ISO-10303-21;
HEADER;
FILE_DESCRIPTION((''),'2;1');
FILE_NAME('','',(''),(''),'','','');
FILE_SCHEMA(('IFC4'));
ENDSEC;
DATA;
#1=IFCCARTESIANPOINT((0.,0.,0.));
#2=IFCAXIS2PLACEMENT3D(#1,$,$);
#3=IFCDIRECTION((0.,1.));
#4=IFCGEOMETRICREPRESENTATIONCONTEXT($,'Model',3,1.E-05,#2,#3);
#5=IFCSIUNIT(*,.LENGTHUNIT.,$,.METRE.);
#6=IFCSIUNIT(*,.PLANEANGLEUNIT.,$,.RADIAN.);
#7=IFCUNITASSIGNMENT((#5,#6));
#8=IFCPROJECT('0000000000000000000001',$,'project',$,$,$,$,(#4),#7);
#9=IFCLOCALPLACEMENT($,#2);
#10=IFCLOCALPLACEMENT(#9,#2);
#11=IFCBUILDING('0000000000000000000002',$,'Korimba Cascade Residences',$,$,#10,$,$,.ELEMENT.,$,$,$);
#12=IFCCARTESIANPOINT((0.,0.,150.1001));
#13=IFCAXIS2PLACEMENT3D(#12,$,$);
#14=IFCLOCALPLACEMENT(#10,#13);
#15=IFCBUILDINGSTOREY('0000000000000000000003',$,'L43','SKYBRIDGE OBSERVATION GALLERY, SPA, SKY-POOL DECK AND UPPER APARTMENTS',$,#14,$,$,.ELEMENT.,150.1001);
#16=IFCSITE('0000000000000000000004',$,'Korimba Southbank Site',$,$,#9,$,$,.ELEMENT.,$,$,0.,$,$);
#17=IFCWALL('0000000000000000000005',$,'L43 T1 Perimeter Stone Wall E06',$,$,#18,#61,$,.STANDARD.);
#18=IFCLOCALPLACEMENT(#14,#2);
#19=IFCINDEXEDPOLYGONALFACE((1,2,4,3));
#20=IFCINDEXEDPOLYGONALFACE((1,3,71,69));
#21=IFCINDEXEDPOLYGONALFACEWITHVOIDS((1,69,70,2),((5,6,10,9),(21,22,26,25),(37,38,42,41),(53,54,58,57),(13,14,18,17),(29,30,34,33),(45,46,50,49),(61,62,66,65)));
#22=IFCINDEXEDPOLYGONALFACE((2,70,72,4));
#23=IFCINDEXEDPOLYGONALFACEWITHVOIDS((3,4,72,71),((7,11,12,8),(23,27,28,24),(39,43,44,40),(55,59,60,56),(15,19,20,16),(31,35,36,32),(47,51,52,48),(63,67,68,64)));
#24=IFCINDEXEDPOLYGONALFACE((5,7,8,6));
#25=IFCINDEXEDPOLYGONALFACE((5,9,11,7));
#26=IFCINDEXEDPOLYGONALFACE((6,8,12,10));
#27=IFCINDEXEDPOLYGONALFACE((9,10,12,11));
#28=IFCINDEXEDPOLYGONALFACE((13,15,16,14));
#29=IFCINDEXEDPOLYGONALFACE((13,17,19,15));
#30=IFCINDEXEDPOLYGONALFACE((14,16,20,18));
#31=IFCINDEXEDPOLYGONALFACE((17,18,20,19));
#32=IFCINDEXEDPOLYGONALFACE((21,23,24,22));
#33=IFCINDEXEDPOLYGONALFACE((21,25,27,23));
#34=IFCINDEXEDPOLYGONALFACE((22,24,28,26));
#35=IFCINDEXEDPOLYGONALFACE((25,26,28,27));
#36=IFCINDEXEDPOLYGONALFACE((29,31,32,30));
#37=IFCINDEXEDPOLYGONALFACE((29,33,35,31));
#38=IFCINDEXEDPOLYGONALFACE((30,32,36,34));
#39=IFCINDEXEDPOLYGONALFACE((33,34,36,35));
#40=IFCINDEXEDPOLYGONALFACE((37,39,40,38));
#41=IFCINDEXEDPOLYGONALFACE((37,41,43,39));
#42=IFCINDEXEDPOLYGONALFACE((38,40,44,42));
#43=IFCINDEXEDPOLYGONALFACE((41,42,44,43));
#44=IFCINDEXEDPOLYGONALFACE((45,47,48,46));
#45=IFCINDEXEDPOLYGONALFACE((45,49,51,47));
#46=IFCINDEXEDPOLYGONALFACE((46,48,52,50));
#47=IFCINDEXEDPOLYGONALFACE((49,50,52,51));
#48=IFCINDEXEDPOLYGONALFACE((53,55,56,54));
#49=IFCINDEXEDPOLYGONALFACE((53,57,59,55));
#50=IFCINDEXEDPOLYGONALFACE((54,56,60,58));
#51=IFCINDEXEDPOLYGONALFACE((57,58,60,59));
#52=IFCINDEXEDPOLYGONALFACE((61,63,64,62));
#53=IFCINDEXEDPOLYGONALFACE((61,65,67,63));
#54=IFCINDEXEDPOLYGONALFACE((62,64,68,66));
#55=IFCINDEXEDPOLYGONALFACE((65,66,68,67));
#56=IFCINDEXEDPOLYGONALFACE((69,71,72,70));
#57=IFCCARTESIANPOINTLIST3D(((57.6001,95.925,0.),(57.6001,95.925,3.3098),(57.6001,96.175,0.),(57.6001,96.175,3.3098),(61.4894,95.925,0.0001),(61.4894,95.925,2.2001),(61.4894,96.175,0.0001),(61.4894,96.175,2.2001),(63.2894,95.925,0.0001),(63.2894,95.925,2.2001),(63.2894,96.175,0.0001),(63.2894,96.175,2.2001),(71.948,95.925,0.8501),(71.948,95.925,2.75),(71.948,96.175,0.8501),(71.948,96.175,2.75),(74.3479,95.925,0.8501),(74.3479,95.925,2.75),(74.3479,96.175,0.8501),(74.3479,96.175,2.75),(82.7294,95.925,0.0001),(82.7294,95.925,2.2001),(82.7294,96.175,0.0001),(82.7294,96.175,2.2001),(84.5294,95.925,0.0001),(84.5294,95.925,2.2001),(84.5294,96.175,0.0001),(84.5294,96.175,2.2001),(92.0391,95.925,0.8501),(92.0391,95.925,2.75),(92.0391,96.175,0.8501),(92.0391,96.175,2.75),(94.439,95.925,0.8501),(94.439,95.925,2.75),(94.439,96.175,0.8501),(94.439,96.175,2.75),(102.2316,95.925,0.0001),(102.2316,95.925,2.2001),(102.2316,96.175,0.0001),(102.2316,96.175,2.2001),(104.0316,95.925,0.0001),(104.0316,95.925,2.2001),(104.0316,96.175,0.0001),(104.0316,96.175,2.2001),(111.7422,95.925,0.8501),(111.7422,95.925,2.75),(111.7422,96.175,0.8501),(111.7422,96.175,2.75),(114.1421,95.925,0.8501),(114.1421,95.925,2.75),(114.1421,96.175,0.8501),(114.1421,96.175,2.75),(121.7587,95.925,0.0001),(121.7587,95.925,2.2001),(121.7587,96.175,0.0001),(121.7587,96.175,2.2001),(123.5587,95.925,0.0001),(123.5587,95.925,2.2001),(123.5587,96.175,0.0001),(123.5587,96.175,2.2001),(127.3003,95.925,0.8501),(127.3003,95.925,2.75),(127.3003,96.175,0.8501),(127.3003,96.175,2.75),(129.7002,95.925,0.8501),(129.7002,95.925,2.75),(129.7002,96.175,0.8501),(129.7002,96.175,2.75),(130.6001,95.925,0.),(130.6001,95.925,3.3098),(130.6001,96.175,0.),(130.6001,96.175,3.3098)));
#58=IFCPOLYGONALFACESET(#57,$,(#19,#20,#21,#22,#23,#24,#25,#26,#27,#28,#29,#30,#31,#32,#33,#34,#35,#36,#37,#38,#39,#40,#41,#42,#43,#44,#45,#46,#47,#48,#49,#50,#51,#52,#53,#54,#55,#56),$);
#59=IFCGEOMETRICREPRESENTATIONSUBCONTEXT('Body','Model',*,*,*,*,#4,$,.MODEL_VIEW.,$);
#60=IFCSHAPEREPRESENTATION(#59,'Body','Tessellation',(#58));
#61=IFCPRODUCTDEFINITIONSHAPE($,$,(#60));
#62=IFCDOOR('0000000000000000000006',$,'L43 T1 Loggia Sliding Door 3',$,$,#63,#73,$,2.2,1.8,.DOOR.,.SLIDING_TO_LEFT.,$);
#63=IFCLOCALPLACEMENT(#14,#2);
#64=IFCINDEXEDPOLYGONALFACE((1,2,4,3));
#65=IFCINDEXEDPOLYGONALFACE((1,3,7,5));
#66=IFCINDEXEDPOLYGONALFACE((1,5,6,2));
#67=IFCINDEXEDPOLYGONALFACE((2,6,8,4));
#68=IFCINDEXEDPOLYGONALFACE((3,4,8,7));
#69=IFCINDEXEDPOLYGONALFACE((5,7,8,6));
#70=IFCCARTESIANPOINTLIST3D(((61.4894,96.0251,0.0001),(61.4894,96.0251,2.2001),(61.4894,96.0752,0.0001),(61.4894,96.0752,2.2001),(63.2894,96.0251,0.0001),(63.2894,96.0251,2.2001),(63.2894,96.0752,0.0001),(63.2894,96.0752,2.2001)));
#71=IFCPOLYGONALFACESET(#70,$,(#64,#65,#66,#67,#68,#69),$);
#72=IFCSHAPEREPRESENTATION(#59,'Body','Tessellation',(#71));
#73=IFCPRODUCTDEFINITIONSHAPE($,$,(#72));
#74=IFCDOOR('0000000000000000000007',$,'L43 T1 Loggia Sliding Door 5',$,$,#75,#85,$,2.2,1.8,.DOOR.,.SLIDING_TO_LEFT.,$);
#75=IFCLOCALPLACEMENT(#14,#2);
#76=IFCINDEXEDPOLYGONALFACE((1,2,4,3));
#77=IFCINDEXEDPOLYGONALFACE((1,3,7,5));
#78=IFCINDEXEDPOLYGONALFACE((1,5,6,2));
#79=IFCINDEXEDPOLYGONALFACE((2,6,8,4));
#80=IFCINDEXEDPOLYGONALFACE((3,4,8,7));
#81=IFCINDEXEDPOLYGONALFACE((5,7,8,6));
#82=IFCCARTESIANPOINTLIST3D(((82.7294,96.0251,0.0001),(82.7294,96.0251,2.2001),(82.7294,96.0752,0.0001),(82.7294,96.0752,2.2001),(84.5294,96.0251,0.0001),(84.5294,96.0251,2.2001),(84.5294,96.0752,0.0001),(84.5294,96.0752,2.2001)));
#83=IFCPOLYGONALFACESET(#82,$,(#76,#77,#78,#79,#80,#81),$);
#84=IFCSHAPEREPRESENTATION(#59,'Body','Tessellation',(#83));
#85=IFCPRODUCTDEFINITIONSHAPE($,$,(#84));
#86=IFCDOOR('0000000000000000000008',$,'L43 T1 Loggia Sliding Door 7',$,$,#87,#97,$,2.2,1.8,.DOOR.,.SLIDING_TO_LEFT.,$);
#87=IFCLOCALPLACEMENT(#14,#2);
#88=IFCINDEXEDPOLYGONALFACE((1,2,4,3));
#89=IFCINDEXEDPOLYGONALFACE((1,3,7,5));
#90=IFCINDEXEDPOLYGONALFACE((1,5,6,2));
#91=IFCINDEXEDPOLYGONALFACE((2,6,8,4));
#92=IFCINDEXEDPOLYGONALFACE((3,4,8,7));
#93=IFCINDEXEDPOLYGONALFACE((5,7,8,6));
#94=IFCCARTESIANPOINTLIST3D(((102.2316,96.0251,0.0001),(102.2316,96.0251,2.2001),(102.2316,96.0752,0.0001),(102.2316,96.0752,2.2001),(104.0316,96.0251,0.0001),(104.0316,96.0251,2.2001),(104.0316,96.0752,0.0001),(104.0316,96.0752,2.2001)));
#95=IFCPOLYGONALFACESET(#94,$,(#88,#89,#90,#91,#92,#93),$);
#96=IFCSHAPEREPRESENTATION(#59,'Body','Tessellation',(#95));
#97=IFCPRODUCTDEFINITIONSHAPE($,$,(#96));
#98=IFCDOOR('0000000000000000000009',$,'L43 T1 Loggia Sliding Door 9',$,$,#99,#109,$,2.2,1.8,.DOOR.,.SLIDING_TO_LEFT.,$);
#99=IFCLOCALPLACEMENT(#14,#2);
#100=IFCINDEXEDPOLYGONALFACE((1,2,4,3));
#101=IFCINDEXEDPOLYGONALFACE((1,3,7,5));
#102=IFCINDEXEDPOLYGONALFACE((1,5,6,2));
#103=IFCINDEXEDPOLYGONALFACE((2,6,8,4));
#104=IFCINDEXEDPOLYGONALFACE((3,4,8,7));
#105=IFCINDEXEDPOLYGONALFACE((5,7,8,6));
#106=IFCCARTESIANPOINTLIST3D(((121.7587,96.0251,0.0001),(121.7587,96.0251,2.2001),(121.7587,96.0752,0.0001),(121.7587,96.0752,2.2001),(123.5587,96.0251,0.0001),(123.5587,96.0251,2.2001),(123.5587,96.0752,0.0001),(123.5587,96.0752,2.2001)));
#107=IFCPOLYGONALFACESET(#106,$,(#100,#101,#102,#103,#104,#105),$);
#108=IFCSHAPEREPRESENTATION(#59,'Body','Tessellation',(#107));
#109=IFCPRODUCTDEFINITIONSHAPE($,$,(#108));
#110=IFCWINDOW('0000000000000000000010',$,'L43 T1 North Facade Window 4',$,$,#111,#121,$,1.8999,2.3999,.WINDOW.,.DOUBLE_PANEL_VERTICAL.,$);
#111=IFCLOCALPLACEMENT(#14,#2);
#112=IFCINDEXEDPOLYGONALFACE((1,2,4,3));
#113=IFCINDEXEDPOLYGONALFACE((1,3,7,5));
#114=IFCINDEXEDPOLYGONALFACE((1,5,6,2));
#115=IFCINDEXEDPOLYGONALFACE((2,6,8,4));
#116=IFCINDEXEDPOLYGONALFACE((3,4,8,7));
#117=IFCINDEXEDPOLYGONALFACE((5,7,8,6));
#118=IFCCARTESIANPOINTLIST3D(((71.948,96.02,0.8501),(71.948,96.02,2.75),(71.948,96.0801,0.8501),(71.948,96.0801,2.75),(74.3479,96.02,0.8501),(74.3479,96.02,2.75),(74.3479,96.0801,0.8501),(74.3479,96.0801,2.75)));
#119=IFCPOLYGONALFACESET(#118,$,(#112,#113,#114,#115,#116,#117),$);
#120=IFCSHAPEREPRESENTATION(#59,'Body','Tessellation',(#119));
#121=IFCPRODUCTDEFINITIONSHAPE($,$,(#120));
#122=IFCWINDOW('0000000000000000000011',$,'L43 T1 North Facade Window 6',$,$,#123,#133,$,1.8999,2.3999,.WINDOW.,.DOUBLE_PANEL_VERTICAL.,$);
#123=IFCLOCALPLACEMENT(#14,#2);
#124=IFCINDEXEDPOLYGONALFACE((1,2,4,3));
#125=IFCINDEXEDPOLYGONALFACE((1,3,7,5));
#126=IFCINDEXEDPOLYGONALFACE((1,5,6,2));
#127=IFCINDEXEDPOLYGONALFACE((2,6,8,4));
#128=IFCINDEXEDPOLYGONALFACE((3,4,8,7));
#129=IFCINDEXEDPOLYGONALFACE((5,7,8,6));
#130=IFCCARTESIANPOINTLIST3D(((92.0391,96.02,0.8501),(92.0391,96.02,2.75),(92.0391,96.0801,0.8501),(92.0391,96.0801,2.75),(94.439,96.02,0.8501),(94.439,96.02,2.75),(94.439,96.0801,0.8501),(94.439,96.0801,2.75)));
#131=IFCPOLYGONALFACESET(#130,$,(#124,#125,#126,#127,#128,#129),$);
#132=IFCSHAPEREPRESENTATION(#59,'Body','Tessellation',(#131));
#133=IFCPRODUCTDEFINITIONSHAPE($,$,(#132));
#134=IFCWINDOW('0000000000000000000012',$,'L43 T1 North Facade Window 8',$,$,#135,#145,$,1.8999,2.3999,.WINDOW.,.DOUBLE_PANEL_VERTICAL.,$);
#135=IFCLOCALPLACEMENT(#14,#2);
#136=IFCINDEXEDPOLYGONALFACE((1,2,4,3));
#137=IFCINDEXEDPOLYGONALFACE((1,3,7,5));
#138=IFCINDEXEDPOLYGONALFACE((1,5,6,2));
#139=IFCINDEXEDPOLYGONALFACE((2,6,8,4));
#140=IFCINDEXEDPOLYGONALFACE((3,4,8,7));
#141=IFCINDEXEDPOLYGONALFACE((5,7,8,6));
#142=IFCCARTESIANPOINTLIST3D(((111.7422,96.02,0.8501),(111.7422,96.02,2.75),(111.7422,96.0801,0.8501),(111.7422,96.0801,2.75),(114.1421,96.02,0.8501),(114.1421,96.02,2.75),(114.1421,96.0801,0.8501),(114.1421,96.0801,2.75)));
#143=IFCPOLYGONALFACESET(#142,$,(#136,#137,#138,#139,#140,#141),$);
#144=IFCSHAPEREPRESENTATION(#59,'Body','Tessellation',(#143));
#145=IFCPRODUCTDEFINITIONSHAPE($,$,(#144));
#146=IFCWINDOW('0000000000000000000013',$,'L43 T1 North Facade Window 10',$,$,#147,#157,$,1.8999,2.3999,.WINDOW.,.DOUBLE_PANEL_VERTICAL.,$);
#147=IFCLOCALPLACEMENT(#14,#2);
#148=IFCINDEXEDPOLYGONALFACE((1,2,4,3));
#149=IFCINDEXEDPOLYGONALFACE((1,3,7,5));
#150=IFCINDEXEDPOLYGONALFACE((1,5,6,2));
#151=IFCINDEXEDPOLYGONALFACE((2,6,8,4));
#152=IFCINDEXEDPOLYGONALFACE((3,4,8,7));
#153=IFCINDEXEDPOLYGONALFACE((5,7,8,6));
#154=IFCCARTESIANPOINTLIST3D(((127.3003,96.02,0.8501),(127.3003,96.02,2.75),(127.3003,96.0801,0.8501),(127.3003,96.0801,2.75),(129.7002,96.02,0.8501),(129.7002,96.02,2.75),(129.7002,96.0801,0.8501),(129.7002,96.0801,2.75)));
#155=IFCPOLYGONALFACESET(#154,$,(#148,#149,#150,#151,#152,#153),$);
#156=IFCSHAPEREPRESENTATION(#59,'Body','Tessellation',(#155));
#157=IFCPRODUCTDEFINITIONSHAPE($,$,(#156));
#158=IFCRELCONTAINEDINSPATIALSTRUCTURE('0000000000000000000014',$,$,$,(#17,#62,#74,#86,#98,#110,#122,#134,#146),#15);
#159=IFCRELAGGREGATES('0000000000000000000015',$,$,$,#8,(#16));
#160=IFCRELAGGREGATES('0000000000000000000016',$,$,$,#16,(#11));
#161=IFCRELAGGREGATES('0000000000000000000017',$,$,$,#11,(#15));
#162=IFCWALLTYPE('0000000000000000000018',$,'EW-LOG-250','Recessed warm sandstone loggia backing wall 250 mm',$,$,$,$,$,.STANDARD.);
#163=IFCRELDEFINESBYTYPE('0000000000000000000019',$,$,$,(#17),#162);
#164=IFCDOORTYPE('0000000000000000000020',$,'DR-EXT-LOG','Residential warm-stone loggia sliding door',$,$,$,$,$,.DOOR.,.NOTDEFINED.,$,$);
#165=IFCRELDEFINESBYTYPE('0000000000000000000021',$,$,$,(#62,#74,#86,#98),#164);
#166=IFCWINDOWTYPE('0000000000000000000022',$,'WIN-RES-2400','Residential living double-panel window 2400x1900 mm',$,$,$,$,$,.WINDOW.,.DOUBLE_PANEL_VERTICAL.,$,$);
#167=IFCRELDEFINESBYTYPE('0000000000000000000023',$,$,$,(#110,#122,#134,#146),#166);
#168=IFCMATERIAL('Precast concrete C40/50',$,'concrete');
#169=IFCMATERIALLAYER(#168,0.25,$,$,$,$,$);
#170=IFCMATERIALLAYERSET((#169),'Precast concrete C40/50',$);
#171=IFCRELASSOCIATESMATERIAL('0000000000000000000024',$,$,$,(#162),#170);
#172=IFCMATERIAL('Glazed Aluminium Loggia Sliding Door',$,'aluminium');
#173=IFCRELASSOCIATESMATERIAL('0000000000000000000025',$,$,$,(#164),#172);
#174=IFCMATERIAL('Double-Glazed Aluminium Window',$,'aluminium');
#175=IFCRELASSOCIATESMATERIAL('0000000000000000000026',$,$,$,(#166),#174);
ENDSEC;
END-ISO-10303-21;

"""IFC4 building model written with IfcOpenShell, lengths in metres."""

from ifc_helpers import new_model, si_unit, direction, frame, frame_2d, origin, place, context, subcontext, project, spatial, rectangle, extrude, material, layer, layer_set, type_object, element, fill, save


model = new_model("IFC4")

# Units and contexts
model_context = context("Model", 3, precision=1e-05, world=origin(), true_north=direction((0.0, 1.0)))
body_context = subcontext(model_context, "Body", "Model", "MODEL_VIEW")
ifc_project = project(units=[si_unit("LENGTHUNIT", "METRE"), si_unit("PLANEANGLEUNIT", "RADIAN")], contexts=[model_context])

# Site, building, storey
site_placement = place(None, origin())
site = spatial("IfcSite", under=ifc_project, at=site_placement, Name="Korimba Southbank Site", CompositionType="ELEMENT", RefElevation=0.0)
building_placement = place(site_placement, origin())
building = spatial("IfcBuilding", under=site, at=building_placement, Name="Korimba Cascade Residences", CompositionType="ELEMENT")
storey_placement = place(building_placement, frame((0.0, 0.0, 150.1001)))
storey = spatial("IfcBuildingStorey", under=building, at=storey_placement, Name="L43", Description="SKYBRIDGE OBSERVATION GALLERY, SPA, SKY-POOL DECK AND UPPER APARTMENTS", CompositionType="ELEMENT", Elevation=150.1001)

# Wall, openings, doors, windows
ifc_material_1 = material(Name="Precast concrete C40/50", Category="concrete")
ifc_layer_1 = layer(ifc_material_1, 0.25)
ifc_layer_set_1 = layer_set([ifc_layer_1], Name="Precast concrete C40/50")
wall_type_1 = type_object("IfcWallType", Name="EW-LOG-250", Description="Recessed warm sandstone loggia backing wall 250 mm", PredefinedType="STANDARD", material=ifc_layer_set_1)
wall_1_placement = place(storey_placement, frame((130.6001, 96.05, 0.0), z_axis=(0.0, 0.0, 1.0), x_axis=(-1.0, 0.0, 0.0)))
wall_1 = element("IfcWall", 1, at=wall_1_placement, inside=storey, type_object=wall_type_1, Name="L43 T1 Perimeter Stone Wall E06", PredefinedType="STANDARD", context=body_context, shape_type="SweptSolid", body=[
    extrude(rectangle(XDim=73.0, YDim=0.25, at=frame_2d((36.5, 0.0))), origin(), (0.0, 0.0, 1.0), 3.3098),
])
opening_1_placement = place(wall_1_placement, frame((67.3108, 0.0, 0.0)))
opening_1 = element("IfcOpeningElement", 2, at=opening_1_placement, cuts=wall_1, PredefinedType="OPENING", context=body_context, shape_type="SweptSolid", body=[
    extrude(rectangle(XDim=1.8, YDim=2.2, at=frame_2d((0.8999, 1.1001))), frame((0.0, 0.135, 0.0), z_axis=(0.0, -1.0, 0.0), x_axis=(1.0, 0.0, 0.0)), (0.0, 0.0, 1.0), 0.27),
])
opening_2_placement = place(wall_1_placement, frame((56.2522, 0.0, 0.8501)))
opening_2 = element("IfcOpeningElement", 3, at=opening_2_placement, cuts=wall_1, PredefinedType="OPENING", context=body_context, shape_type="SweptSolid", body=[
    extrude(rectangle(XDim=2.3999, YDim=1.8999, at=frame_2d((1.2, 0.95))), frame((0.0, 0.135, 0.0), z_axis=(0.0, -1.0, 0.0), x_axis=(1.0, 0.0, 0.0)), (0.0, 0.0, 1.0), 0.27),
])
opening_3_placement = place(wall_1_placement, frame((46.0708, 0.0, 0.0)))
opening_3 = element("IfcOpeningElement", 4, at=opening_3_placement, cuts=wall_1, PredefinedType="OPENING", context=body_context, shape_type="SweptSolid", body=[
    extrude(rectangle(XDim=1.8, YDim=2.2, at=frame_2d((0.8999, 1.1001))), frame((0.0, 0.135, 0.0), z_axis=(0.0, -1.0, 0.0), x_axis=(1.0, 0.0, 0.0)), (0.0, 0.0, 1.0), 0.27),
])
opening_4_placement = place(wall_1_placement, frame((36.1611, 0.0, 0.8501)))
opening_4 = element("IfcOpeningElement", 5, at=opening_4_placement, cuts=wall_1, PredefinedType="OPENING", context=body_context, shape_type="SweptSolid", body=[
    extrude(rectangle(XDim=2.3999, YDim=1.8999, at=frame_2d((1.2, 0.95))), frame((0.0, 0.135, 0.0), z_axis=(0.0, -1.0, 0.0), x_axis=(1.0, 0.0, 0.0)), (0.0, 0.0, 1.0), 0.27),
])
opening_5_placement = place(wall_1_placement, frame((26.5686, 0.0, 0.0)))
opening_5 = element("IfcOpeningElement", 6, at=opening_5_placement, cuts=wall_1, PredefinedType="OPENING", context=body_context, shape_type="SweptSolid", body=[
    extrude(rectangle(XDim=1.8, YDim=2.2, at=frame_2d((0.8999, 1.1001))), frame((0.0, 0.135, 0.0), z_axis=(0.0, -1.0, 0.0), x_axis=(1.0, 0.0, 0.0)), (0.0, 0.0, 1.0), 0.27),
])
opening_6_placement = place(wall_1_placement, frame((16.458, 0.0, 0.8501)))
opening_6 = element("IfcOpeningElement", 7, at=opening_6_placement, cuts=wall_1, PredefinedType="OPENING", context=body_context, shape_type="SweptSolid", body=[
    extrude(rectangle(XDim=2.3999, YDim=1.8999, at=frame_2d((1.2, 0.95))), frame((0.0, 0.135, 0.0), z_axis=(0.0, -1.0, 0.0), x_axis=(1.0, 0.0, 0.0)), (0.0, 0.0, 1.0), 0.27),
])
opening_7_placement = place(wall_1_placement, frame((7.0415, 0.0, 0.0)))
opening_7 = element("IfcOpeningElement", 8, at=opening_7_placement, cuts=wall_1, PredefinedType="OPENING", context=body_context, shape_type="SweptSolid", body=[
    extrude(rectangle(XDim=1.8, YDim=2.2, at=frame_2d((0.8999, 1.1001))), frame((0.0, 0.135, 0.0), z_axis=(0.0, -1.0, 0.0), x_axis=(1.0, 0.0, 0.0)), (0.0, 0.0, 1.0), 0.27),
])
opening_8_placement = place(wall_1_placement, frame((0.8999, 0.0, 0.8501)))
opening_8 = element("IfcOpeningElement", 9, at=opening_8_placement, cuts=wall_1, PredefinedType="OPENING", context=body_context, shape_type="SweptSolid", body=[
    extrude(rectangle(XDim=2.3999, YDim=1.8999, at=frame_2d((1.2, 0.95))), frame((0.0, 0.135, 0.0), z_axis=(0.0, -1.0, 0.0), x_axis=(1.0, 0.0, 0.0)), (0.0, 0.0, 1.0), 0.27),
])
ifc_material_2 = material(Name="Glazed Aluminium Loggia Sliding Door", Category="aluminium")
door_type_1 = type_object("IfcDoorType", Name="DR-EXT-LOG", Description="Residential warm-stone loggia sliding door", OperationType="NOTDEFINED", PredefinedType="DOOR", material=ifc_material_2)
door_1_placement = place(opening_1_placement, origin())
door_1 = element("IfcDoor", 10, at=door_1_placement, inside=storey, type_object=door_type_1, Name="L43 T1 Loggia Sliding Door 3", OperationType="SLIDING_TO_LEFT", OverallHeight=2.2, OverallWidth=1.8, PredefinedType="DOOR", context=body_context, shape_type="SweptSolid", body=[
    extrude(rectangle(XDim=1.8, YDim=2.2, at=frame_2d((0.8999, 1.1001))), frame((0.0, 0.0249, 0.0), z_axis=(0.0, -1.0, 0.0), x_axis=(1.0, 0.0, 0.0)), (0.0, 0.0, 1.0), 0.05),
])
fill(opening_1, door_1)
door_2_placement = place(opening_3_placement, origin())
door_2 = element("IfcDoor", 11, at=door_2_placement, inside=storey, type_object=door_type_1, Name="L43 T1 Loggia Sliding Door 5", OperationType="SLIDING_TO_LEFT", OverallHeight=2.2, OverallWidth=1.8, PredefinedType="DOOR", context=body_context, shape_type="SweptSolid", body=[
    extrude(rectangle(XDim=1.8, YDim=2.2, at=frame_2d((0.8999, 1.1001))), frame((0.0, 0.0249, 0.0), z_axis=(0.0, -1.0, 0.0), x_axis=(1.0, 0.0, 0.0)), (0.0, 0.0, 1.0), 0.05),
])
fill(opening_3, door_2)
door_3_placement = place(opening_5_placement, origin())
door_3 = element("IfcDoor", 12, at=door_3_placement, inside=storey, type_object=door_type_1, Name="L43 T1 Loggia Sliding Door 7", OperationType="SLIDING_TO_LEFT", OverallHeight=2.2, OverallWidth=1.8, PredefinedType="DOOR", context=body_context, shape_type="SweptSolid", body=[
    extrude(rectangle(XDim=1.8, YDim=2.2, at=frame_2d((0.8999, 1.1001))), frame((0.0, 0.0249, 0.0), z_axis=(0.0, -1.0, 0.0), x_axis=(1.0, 0.0, 0.0)), (0.0, 0.0, 1.0), 0.05),
])
fill(opening_5, door_3)
door_4_placement = place(opening_7_placement, origin())
door_4 = element("IfcDoor", 13, at=door_4_placement, inside=storey, type_object=door_type_1, Name="L43 T1 Loggia Sliding Door 9", OperationType="SLIDING_TO_LEFT", OverallHeight=2.2, OverallWidth=1.8, PredefinedType="DOOR", context=body_context, shape_type="SweptSolid", body=[
    extrude(rectangle(XDim=1.8, YDim=2.2, at=frame_2d((0.8999, 1.1001))), frame((0.0, 0.0249, 0.0), z_axis=(0.0, -1.0, 0.0), x_axis=(1.0, 0.0, 0.0)), (0.0, 0.0, 1.0), 0.05),
])
fill(opening_7, door_4)
ifc_material_3 = material(Name="Double-Glazed Aluminium Window", Category="aluminium")
window_type = type_object("IfcWindowType", Name="WIN-RES-2400", Description="Residential living double-panel window 2400x1900 mm", PartitioningType="DOUBLE_PANEL_VERTICAL", PredefinedType="WINDOW", material=ifc_material_3)
window_1_placement = place(opening_2_placement, origin())
window_1 = element("IfcWindow", 14, at=window_1_placement, inside=storey, type_object=window_type, Name="L43 T1 North Facade Window 4", OverallHeight=1.8999, OverallWidth=2.3999, PartitioningType="DOUBLE_PANEL_VERTICAL", PredefinedType="WINDOW", context=body_context, shape_type="SweptSolid", body=[
    extrude(rectangle(XDim=2.3999, YDim=1.8999, at=frame_2d((1.2, 0.95))), frame((0.0, 0.03, 0.0), z_axis=(0.0, -1.0, 0.0), x_axis=(1.0, 0.0, 0.0)), (0.0, 0.0, 1.0), 0.0601),
])
fill(opening_2, window_1)
window_2_placement = place(opening_4_placement, origin())
window_2 = element("IfcWindow", 15, at=window_2_placement, inside=storey, type_object=window_type, Name="L43 T1 North Facade Window 6", OverallHeight=1.8999, OverallWidth=2.3999, PartitioningType="DOUBLE_PANEL_VERTICAL", PredefinedType="WINDOW", context=body_context, shape_type="SweptSolid", body=[
    extrude(rectangle(XDim=2.3999, YDim=1.8999, at=frame_2d((1.2, 0.95))), frame((0.0, 0.03, 0.0), z_axis=(0.0, -1.0, 0.0), x_axis=(1.0, 0.0, 0.0)), (0.0, 0.0, 1.0), 0.0601),
])
fill(opening_4, window_2)
window_3_placement = place(opening_6_placement, origin())
window_3 = element("IfcWindow", 16, at=window_3_placement, inside=storey, type_object=window_type, Name="L43 T1 North Facade Window 8", OverallHeight=1.8999, OverallWidth=2.3999, PartitioningType="DOUBLE_PANEL_VERTICAL", PredefinedType="WINDOW", context=body_context, shape_type="SweptSolid", body=[
    extrude(rectangle(XDim=2.3999, YDim=1.8999, at=frame_2d((1.2, 0.95))), frame((0.0, 0.03, 0.0), z_axis=(0.0, -1.0, 0.0), x_axis=(1.0, 0.0, 0.0)), (0.0, 0.0, 1.0), 0.0601),
])
fill(opening_6, window_3)
window_4_placement = place(opening_8_placement, origin())
window_4 = element("IfcWindow", 17, at=window_4_placement, inside=storey, type_object=window_type, Name="L43 T1 North Facade Window 10", OverallHeight=1.8999, OverallWidth=2.3999, PartitioningType="DOUBLE_PANEL_VERTICAL", PredefinedType="WINDOW", context=body_context, shape_type="SweptSolid", body=[
    extrude(rectangle(XDim=2.3999, YDim=1.8999, at=frame_2d((1.2, 0.95))), frame((0.0, 0.03, 0.0), z_axis=(0.0, -1.0, 0.0), x_axis=(1.0, 0.0, 0.0)), (0.0, 0.0, 1.0), 0.0601),
])
fill(opening_8, window_4)

save(model, "model.ifc")
